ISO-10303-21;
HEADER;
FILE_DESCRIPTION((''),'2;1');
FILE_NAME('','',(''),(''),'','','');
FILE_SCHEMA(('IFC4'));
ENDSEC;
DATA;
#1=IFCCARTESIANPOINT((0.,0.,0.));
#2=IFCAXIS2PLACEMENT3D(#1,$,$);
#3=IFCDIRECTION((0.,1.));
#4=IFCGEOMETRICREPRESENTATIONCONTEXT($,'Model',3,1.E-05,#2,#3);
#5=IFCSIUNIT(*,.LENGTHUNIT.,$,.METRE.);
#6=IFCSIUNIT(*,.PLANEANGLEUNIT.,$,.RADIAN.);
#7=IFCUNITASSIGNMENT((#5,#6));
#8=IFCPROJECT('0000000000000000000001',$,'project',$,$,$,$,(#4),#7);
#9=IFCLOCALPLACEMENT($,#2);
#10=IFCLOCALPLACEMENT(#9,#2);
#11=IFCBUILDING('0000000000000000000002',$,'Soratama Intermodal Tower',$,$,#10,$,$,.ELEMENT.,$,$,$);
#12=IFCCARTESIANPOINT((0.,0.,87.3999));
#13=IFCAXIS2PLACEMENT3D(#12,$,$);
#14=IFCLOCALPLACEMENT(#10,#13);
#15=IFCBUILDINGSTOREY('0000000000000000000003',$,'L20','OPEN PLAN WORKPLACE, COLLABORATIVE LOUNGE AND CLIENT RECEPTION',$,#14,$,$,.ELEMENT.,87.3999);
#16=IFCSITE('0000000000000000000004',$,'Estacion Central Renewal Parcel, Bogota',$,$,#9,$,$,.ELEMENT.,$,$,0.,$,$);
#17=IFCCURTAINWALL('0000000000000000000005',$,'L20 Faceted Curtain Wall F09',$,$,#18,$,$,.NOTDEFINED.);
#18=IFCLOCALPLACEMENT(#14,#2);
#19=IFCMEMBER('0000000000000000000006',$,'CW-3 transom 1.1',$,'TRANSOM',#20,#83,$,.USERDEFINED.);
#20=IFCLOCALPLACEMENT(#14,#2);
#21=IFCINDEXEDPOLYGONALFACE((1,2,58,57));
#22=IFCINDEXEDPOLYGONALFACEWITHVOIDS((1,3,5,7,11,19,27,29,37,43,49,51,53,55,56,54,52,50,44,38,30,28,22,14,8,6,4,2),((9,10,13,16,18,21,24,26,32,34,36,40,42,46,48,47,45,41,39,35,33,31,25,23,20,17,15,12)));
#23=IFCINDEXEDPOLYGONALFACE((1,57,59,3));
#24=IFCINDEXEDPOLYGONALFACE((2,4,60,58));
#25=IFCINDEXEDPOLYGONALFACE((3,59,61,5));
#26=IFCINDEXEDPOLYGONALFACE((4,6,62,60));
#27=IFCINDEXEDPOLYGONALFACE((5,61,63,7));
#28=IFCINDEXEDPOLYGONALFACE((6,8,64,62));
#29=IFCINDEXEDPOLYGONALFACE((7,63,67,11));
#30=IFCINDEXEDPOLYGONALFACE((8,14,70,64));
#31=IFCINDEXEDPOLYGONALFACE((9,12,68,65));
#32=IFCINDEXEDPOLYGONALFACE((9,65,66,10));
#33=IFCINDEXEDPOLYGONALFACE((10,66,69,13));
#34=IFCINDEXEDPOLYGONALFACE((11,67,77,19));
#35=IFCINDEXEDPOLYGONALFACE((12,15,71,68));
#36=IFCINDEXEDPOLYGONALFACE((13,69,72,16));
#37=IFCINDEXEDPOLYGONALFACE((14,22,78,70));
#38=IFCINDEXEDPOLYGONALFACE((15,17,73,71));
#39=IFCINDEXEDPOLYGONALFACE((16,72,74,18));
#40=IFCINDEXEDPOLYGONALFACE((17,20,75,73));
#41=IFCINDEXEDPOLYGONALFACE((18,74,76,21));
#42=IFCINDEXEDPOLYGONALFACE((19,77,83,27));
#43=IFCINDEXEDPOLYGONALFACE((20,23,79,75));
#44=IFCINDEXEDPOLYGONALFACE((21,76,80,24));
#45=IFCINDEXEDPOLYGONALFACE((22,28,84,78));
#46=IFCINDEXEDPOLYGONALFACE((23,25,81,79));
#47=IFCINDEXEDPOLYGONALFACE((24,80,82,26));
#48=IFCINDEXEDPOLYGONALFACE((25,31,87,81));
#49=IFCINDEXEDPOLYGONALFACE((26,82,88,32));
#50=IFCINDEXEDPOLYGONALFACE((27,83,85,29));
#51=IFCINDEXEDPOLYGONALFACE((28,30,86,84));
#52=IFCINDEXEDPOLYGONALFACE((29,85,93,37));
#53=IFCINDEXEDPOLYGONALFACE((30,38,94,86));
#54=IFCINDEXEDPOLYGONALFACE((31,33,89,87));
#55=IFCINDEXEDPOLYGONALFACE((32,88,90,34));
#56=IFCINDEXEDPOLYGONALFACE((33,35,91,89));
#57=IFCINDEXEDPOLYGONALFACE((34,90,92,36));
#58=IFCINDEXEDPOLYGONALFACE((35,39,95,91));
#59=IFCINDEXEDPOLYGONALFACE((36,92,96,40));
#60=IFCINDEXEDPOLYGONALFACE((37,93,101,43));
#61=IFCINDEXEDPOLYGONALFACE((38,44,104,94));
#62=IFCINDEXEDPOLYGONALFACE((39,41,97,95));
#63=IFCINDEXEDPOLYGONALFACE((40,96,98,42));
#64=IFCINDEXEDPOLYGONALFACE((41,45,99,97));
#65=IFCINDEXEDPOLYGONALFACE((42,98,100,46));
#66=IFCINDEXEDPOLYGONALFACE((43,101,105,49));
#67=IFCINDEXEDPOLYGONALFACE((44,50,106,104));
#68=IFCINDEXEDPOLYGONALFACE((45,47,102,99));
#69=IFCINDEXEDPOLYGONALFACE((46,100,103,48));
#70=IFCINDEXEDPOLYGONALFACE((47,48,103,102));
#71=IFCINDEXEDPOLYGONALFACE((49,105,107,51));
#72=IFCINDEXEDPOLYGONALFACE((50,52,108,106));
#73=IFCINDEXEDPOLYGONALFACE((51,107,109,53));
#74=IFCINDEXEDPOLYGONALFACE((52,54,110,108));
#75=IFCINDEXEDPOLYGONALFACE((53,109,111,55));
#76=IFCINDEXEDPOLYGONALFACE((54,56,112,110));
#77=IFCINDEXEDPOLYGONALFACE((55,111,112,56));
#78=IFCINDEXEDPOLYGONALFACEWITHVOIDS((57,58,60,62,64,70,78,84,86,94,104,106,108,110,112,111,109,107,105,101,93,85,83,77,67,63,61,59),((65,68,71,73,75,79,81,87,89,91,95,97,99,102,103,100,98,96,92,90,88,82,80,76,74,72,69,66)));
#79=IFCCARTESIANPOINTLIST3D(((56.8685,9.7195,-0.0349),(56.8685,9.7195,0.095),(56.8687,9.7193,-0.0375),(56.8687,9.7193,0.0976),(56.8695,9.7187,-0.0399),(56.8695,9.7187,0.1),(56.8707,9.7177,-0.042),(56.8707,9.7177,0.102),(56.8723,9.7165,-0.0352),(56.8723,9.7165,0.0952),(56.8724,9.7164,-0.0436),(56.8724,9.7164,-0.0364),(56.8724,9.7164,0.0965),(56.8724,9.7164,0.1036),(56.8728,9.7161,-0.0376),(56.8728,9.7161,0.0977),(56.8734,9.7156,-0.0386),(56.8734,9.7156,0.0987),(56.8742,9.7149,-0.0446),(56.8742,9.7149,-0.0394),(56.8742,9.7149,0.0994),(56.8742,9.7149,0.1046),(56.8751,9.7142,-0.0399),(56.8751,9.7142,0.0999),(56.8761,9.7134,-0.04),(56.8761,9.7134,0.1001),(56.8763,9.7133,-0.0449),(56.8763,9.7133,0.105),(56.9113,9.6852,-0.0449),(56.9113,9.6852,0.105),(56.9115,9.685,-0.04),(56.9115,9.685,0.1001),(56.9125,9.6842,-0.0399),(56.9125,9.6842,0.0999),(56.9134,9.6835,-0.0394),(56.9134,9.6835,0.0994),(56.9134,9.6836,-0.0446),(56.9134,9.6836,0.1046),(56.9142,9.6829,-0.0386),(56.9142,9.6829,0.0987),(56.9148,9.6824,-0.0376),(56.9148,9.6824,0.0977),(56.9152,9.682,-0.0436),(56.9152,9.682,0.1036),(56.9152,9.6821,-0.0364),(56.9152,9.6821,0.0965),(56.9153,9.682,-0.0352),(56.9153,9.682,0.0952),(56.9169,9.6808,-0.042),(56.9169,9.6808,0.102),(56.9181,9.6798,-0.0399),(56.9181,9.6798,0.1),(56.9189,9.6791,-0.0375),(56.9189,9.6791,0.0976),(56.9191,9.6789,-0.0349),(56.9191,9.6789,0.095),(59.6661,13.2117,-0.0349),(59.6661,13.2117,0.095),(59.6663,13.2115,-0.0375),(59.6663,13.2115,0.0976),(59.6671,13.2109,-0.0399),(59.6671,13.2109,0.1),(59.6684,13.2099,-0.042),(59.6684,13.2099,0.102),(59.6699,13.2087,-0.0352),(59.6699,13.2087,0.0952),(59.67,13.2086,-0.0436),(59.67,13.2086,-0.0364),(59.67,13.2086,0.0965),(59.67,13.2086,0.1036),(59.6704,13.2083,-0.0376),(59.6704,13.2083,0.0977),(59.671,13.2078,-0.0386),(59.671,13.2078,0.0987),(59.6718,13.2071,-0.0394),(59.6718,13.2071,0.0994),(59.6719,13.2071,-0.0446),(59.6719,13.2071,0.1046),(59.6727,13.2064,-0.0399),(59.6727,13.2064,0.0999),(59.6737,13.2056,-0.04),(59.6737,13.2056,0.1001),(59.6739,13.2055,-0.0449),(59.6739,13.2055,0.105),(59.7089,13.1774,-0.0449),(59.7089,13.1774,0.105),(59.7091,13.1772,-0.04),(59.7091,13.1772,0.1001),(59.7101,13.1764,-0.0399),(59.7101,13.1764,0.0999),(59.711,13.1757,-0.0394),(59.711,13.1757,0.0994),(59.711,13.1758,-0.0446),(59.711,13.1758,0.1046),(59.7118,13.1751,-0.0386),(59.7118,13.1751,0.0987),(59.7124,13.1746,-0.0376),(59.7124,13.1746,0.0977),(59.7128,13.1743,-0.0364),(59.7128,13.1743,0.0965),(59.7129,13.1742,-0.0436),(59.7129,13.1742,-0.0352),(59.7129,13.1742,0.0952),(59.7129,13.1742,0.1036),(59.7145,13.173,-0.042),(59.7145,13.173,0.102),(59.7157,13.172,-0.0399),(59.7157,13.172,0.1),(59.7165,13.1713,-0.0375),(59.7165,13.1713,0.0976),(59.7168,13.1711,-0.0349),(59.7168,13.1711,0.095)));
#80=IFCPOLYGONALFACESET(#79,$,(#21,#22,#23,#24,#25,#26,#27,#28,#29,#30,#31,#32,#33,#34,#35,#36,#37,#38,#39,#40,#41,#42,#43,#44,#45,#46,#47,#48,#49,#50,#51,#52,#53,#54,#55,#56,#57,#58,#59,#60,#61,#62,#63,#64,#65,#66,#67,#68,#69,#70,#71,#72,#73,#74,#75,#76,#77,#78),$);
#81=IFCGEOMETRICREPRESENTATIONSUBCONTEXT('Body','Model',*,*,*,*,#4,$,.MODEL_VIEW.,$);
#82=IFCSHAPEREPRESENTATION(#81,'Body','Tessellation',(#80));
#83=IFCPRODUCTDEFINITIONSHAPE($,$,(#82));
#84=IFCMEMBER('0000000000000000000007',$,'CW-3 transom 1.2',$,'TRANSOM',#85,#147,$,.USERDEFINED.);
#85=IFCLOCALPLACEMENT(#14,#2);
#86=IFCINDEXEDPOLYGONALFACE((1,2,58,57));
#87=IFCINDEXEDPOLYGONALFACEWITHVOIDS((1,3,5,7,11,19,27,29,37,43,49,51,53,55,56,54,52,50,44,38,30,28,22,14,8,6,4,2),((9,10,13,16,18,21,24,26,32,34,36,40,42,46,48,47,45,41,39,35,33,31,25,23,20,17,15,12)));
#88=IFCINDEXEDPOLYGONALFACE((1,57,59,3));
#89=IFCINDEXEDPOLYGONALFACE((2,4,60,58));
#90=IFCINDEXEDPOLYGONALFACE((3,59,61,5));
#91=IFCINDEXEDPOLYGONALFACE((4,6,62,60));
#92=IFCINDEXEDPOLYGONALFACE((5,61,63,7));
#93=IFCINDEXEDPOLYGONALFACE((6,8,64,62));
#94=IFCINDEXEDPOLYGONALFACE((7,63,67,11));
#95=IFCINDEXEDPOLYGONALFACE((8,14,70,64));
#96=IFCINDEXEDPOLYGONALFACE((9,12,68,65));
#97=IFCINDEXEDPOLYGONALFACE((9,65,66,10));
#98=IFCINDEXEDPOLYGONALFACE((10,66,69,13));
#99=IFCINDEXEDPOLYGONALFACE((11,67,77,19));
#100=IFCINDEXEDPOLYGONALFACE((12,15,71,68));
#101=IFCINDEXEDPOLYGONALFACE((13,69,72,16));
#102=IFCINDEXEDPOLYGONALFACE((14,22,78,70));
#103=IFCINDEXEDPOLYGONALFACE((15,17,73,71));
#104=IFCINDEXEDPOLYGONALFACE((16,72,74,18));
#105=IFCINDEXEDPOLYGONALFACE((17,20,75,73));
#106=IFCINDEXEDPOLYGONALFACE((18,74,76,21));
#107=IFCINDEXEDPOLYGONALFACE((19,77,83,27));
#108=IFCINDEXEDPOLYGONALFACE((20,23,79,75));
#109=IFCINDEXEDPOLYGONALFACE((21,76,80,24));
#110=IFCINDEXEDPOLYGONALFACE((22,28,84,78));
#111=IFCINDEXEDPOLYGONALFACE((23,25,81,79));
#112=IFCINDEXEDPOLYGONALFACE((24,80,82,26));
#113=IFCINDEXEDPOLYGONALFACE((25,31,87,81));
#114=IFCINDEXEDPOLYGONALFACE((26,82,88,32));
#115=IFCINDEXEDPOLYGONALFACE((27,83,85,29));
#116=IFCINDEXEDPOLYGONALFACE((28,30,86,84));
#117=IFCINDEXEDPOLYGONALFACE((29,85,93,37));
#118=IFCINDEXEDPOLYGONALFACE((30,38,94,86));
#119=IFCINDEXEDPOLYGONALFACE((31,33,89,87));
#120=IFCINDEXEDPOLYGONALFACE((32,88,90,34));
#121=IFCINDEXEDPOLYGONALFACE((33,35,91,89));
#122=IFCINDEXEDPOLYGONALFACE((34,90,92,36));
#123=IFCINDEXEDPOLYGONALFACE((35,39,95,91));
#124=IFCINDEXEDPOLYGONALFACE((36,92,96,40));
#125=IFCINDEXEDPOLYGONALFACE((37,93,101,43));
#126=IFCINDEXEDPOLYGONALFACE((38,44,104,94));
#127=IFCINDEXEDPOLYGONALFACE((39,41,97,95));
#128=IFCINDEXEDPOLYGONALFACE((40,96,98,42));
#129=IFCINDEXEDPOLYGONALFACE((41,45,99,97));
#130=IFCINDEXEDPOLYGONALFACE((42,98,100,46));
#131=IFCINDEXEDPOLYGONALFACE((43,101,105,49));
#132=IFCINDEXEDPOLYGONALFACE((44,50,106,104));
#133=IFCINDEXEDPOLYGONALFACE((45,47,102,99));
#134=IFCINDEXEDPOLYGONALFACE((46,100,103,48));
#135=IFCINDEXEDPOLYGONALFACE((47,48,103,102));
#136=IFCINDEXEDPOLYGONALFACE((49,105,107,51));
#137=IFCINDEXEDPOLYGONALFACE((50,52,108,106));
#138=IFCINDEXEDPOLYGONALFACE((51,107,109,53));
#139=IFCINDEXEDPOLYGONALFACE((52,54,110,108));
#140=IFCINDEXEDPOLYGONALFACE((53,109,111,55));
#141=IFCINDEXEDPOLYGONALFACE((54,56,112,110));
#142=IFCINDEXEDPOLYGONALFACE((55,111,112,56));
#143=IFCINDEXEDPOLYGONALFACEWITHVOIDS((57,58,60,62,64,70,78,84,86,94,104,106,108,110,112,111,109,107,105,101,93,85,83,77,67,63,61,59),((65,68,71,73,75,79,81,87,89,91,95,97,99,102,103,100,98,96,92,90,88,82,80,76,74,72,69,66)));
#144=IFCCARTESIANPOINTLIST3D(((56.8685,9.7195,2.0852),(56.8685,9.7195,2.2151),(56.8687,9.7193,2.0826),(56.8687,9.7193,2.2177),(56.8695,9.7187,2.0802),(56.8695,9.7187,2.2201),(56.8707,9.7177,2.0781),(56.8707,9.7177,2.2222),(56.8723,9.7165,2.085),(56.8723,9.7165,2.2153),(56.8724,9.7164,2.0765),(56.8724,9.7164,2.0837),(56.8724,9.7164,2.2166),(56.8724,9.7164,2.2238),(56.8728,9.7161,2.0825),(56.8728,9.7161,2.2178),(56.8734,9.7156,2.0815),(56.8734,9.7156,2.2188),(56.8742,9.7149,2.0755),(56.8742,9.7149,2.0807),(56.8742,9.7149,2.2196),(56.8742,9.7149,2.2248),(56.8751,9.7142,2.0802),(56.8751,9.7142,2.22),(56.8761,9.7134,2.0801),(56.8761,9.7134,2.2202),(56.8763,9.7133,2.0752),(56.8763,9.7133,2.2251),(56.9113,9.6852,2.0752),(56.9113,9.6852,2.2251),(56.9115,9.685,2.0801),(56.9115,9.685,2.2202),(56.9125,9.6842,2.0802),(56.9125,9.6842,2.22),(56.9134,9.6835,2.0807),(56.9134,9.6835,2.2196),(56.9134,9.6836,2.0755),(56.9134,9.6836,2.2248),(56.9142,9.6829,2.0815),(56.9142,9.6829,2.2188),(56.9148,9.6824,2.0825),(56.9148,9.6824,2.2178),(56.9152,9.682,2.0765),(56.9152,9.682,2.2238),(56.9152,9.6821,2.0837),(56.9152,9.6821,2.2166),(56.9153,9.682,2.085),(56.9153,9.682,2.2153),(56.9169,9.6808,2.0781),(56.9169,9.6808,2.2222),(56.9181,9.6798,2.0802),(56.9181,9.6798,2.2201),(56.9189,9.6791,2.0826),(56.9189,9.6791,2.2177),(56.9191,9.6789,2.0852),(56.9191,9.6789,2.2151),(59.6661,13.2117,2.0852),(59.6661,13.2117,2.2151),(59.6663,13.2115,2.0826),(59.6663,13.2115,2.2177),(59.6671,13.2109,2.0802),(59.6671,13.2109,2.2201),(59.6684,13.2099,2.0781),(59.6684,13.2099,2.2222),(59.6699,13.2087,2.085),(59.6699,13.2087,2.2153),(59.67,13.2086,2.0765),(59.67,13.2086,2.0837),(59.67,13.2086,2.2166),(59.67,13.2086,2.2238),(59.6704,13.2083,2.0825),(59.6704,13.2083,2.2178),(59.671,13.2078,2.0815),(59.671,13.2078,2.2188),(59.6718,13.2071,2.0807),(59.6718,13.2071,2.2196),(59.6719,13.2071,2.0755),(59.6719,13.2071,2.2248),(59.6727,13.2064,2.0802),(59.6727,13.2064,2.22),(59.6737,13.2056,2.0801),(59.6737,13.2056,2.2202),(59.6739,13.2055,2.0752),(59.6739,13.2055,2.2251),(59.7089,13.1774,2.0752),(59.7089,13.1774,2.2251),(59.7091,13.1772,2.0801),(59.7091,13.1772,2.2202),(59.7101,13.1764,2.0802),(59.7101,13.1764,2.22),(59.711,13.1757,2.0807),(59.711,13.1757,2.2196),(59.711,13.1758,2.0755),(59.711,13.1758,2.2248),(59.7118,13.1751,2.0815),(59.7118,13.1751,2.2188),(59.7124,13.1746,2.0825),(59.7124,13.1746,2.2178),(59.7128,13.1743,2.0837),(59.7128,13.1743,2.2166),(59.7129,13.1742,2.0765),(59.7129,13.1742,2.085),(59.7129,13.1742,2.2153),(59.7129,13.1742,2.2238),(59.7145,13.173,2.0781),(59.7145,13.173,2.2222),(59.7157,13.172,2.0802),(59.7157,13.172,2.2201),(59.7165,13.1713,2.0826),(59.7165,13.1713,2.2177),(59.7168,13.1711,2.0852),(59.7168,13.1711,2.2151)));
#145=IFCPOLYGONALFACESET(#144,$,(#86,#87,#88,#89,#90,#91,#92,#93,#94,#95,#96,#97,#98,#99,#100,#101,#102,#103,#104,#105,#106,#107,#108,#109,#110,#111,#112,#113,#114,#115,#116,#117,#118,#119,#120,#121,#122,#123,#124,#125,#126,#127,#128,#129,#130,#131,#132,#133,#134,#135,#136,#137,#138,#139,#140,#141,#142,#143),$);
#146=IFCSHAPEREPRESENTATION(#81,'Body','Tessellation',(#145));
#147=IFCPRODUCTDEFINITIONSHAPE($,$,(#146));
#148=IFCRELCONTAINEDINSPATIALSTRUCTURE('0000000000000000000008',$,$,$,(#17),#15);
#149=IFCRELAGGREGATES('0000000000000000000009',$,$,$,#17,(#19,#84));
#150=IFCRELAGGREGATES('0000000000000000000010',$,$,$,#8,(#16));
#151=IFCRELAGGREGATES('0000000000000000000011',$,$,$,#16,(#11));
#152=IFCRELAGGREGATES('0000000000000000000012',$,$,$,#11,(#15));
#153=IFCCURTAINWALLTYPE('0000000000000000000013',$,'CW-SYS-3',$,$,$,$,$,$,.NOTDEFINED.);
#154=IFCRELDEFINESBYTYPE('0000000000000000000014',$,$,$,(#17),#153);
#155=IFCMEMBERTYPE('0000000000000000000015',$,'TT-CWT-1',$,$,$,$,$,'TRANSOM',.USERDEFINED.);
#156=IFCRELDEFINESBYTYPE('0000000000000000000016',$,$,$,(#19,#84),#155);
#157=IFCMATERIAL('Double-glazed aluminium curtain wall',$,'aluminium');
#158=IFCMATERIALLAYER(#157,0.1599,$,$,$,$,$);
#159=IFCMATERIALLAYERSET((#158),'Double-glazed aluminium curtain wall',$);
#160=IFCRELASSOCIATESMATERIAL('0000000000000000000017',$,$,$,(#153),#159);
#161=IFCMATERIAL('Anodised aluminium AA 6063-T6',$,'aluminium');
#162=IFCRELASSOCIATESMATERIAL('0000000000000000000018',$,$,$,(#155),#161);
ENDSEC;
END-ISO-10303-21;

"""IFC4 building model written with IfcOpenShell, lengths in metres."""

from ifc_helpers import new_model, si_unit, direction, frame, origin, origin_2d, place, context, subcontext, project, spatial, hollow_rectangle, extrude, material, layer, layer_set, material_profile, profile_set, type_object, element, aggregate, save


model = new_model("IFC4")

# Units and contexts
model_context = context("Model", 3, precision=1e-05, world=origin(), true_north=direction((0.0, 1.0)))
body_context = subcontext(model_context, "Body", "Model", "MODEL_VIEW")
ifc_project = project(units=[si_unit("LENGTHUNIT", "METRE"), si_unit("PLANEANGLEUNIT", "RADIAN")], contexts=[model_context])

# Site, building, storey
site_placement = place(None, origin())
site = spatial("IfcSite", under=ifc_project, at=site_placement, Name="Estacion Central Renewal Parcel, Bogota", CompositionType="ELEMENT", RefElevation=0.0)
building_placement = place(site_placement, origin())
building = spatial("IfcBuilding", under=site, at=building_placement, Name="Soratama Intermodal Tower", CompositionType="ELEMENT")
storey_placement = place(building_placement, frame((0.0, 0.0, 87.3999)))
storey = spatial("IfcBuildingStorey", under=building, at=storey_placement, Name="L20", Description="OPEN PLAN WORKPLACE, COLLABORATIVE LOUNGE AND CLIENT RECEPTION", CompositionType="ELEMENT", Elevation=87.3999)

# Curtain wall, members
ifc_material_1 = material(Name="Double-glazed aluminium curtain wall", Category="aluminium")
ifc_layer_1 = layer(ifc_material_1, 0.1599)
ifc_layer_set_1 = layer_set([ifc_layer_1], Name="Double-glazed aluminium curtain wall")
curtain_wall_type = type_object("IfcCurtainWallType", Name="CW-SYS-3", PredefinedType="NOTDEFINED", material=ifc_layer_set_1)
curtain_wall_placement = place(storey_placement, origin())
curtain_wall = element("IfcCurtainWall", 1, at=curtain_wall_placement, inside=storey, type_object=curtain_wall_type, Name="L20 Faceted Curtain Wall F09", PredefinedType="NOTDEFINED")
ifc_material_2 = material(Name="Anodised aluminium AA 6063-T6", Category="aluminium")
ifc_material_profile_1 = material_profile(ifc_material_2, hollow_rectangle(XDim=0.0649, YDim=0.1499, WallThickness=0.0049, InnerFilletRadius=0.0049, OuterFilletRadius=0.01, at=origin_2d()), Name="CWT150X65X5")
ifc_profile_set_1 = profile_set([ifc_material_profile_1], Name="Anodised aluminium AA 6063-T6")
member_type_1 = type_object("IfcMemberType", Name="TT-CWT-1", ElementType="TRANSOM", PredefinedType="USERDEFINED", material=ifc_profile_set_1)
member_1_placement = place(storey_placement, frame((56.8938, 9.6992, 0.03), z_axis=(0.625221, 0.780448, 0.0), x_axis=(-0.780448, 0.625221, 0.0)))
member_1 = element("IfcMember", 2, at=member_1_placement, type_object=member_type_1, Name="CW-3 transom 1.1", ObjectType="TRANSOM", PredefinedType="USERDEFINED", context=body_context, shape_type="SweptSolid", body=[
    extrude(hollow_rectangle(XDim=0.0649, YDim=0.1499, WallThickness=0.0049, InnerFilletRadius=0.0049, OuterFilletRadius=0.01, at=origin_2d()), origin(), (0.0, 0.0, 1.0), 4.4746),
])
member_2_placement = place(storey_placement, frame((56.8938, 9.6992, 2.1501), z_axis=(0.625221, 0.780448, 0.0), x_axis=(-0.780448, 0.625221, 0.0)))
member_2 = element("IfcMember", 3, at=member_2_placement, type_object=member_type_1, Name="CW-3 transom 1.2", ObjectType="TRANSOM", PredefinedType="USERDEFINED", context=body_context, shape_type="SweptSolid", body=[
    extrude(hollow_rectangle(XDim=0.0649, YDim=0.1499, WallThickness=0.0049, InnerFilletRadius=0.0049, OuterFilletRadius=0.01, at=origin_2d()), origin(), (0.0, 0.0, 1.0), 4.4746),
])
aggregate(curtain_wall, [member_1, member_2])

save(model, "model.ifc")
